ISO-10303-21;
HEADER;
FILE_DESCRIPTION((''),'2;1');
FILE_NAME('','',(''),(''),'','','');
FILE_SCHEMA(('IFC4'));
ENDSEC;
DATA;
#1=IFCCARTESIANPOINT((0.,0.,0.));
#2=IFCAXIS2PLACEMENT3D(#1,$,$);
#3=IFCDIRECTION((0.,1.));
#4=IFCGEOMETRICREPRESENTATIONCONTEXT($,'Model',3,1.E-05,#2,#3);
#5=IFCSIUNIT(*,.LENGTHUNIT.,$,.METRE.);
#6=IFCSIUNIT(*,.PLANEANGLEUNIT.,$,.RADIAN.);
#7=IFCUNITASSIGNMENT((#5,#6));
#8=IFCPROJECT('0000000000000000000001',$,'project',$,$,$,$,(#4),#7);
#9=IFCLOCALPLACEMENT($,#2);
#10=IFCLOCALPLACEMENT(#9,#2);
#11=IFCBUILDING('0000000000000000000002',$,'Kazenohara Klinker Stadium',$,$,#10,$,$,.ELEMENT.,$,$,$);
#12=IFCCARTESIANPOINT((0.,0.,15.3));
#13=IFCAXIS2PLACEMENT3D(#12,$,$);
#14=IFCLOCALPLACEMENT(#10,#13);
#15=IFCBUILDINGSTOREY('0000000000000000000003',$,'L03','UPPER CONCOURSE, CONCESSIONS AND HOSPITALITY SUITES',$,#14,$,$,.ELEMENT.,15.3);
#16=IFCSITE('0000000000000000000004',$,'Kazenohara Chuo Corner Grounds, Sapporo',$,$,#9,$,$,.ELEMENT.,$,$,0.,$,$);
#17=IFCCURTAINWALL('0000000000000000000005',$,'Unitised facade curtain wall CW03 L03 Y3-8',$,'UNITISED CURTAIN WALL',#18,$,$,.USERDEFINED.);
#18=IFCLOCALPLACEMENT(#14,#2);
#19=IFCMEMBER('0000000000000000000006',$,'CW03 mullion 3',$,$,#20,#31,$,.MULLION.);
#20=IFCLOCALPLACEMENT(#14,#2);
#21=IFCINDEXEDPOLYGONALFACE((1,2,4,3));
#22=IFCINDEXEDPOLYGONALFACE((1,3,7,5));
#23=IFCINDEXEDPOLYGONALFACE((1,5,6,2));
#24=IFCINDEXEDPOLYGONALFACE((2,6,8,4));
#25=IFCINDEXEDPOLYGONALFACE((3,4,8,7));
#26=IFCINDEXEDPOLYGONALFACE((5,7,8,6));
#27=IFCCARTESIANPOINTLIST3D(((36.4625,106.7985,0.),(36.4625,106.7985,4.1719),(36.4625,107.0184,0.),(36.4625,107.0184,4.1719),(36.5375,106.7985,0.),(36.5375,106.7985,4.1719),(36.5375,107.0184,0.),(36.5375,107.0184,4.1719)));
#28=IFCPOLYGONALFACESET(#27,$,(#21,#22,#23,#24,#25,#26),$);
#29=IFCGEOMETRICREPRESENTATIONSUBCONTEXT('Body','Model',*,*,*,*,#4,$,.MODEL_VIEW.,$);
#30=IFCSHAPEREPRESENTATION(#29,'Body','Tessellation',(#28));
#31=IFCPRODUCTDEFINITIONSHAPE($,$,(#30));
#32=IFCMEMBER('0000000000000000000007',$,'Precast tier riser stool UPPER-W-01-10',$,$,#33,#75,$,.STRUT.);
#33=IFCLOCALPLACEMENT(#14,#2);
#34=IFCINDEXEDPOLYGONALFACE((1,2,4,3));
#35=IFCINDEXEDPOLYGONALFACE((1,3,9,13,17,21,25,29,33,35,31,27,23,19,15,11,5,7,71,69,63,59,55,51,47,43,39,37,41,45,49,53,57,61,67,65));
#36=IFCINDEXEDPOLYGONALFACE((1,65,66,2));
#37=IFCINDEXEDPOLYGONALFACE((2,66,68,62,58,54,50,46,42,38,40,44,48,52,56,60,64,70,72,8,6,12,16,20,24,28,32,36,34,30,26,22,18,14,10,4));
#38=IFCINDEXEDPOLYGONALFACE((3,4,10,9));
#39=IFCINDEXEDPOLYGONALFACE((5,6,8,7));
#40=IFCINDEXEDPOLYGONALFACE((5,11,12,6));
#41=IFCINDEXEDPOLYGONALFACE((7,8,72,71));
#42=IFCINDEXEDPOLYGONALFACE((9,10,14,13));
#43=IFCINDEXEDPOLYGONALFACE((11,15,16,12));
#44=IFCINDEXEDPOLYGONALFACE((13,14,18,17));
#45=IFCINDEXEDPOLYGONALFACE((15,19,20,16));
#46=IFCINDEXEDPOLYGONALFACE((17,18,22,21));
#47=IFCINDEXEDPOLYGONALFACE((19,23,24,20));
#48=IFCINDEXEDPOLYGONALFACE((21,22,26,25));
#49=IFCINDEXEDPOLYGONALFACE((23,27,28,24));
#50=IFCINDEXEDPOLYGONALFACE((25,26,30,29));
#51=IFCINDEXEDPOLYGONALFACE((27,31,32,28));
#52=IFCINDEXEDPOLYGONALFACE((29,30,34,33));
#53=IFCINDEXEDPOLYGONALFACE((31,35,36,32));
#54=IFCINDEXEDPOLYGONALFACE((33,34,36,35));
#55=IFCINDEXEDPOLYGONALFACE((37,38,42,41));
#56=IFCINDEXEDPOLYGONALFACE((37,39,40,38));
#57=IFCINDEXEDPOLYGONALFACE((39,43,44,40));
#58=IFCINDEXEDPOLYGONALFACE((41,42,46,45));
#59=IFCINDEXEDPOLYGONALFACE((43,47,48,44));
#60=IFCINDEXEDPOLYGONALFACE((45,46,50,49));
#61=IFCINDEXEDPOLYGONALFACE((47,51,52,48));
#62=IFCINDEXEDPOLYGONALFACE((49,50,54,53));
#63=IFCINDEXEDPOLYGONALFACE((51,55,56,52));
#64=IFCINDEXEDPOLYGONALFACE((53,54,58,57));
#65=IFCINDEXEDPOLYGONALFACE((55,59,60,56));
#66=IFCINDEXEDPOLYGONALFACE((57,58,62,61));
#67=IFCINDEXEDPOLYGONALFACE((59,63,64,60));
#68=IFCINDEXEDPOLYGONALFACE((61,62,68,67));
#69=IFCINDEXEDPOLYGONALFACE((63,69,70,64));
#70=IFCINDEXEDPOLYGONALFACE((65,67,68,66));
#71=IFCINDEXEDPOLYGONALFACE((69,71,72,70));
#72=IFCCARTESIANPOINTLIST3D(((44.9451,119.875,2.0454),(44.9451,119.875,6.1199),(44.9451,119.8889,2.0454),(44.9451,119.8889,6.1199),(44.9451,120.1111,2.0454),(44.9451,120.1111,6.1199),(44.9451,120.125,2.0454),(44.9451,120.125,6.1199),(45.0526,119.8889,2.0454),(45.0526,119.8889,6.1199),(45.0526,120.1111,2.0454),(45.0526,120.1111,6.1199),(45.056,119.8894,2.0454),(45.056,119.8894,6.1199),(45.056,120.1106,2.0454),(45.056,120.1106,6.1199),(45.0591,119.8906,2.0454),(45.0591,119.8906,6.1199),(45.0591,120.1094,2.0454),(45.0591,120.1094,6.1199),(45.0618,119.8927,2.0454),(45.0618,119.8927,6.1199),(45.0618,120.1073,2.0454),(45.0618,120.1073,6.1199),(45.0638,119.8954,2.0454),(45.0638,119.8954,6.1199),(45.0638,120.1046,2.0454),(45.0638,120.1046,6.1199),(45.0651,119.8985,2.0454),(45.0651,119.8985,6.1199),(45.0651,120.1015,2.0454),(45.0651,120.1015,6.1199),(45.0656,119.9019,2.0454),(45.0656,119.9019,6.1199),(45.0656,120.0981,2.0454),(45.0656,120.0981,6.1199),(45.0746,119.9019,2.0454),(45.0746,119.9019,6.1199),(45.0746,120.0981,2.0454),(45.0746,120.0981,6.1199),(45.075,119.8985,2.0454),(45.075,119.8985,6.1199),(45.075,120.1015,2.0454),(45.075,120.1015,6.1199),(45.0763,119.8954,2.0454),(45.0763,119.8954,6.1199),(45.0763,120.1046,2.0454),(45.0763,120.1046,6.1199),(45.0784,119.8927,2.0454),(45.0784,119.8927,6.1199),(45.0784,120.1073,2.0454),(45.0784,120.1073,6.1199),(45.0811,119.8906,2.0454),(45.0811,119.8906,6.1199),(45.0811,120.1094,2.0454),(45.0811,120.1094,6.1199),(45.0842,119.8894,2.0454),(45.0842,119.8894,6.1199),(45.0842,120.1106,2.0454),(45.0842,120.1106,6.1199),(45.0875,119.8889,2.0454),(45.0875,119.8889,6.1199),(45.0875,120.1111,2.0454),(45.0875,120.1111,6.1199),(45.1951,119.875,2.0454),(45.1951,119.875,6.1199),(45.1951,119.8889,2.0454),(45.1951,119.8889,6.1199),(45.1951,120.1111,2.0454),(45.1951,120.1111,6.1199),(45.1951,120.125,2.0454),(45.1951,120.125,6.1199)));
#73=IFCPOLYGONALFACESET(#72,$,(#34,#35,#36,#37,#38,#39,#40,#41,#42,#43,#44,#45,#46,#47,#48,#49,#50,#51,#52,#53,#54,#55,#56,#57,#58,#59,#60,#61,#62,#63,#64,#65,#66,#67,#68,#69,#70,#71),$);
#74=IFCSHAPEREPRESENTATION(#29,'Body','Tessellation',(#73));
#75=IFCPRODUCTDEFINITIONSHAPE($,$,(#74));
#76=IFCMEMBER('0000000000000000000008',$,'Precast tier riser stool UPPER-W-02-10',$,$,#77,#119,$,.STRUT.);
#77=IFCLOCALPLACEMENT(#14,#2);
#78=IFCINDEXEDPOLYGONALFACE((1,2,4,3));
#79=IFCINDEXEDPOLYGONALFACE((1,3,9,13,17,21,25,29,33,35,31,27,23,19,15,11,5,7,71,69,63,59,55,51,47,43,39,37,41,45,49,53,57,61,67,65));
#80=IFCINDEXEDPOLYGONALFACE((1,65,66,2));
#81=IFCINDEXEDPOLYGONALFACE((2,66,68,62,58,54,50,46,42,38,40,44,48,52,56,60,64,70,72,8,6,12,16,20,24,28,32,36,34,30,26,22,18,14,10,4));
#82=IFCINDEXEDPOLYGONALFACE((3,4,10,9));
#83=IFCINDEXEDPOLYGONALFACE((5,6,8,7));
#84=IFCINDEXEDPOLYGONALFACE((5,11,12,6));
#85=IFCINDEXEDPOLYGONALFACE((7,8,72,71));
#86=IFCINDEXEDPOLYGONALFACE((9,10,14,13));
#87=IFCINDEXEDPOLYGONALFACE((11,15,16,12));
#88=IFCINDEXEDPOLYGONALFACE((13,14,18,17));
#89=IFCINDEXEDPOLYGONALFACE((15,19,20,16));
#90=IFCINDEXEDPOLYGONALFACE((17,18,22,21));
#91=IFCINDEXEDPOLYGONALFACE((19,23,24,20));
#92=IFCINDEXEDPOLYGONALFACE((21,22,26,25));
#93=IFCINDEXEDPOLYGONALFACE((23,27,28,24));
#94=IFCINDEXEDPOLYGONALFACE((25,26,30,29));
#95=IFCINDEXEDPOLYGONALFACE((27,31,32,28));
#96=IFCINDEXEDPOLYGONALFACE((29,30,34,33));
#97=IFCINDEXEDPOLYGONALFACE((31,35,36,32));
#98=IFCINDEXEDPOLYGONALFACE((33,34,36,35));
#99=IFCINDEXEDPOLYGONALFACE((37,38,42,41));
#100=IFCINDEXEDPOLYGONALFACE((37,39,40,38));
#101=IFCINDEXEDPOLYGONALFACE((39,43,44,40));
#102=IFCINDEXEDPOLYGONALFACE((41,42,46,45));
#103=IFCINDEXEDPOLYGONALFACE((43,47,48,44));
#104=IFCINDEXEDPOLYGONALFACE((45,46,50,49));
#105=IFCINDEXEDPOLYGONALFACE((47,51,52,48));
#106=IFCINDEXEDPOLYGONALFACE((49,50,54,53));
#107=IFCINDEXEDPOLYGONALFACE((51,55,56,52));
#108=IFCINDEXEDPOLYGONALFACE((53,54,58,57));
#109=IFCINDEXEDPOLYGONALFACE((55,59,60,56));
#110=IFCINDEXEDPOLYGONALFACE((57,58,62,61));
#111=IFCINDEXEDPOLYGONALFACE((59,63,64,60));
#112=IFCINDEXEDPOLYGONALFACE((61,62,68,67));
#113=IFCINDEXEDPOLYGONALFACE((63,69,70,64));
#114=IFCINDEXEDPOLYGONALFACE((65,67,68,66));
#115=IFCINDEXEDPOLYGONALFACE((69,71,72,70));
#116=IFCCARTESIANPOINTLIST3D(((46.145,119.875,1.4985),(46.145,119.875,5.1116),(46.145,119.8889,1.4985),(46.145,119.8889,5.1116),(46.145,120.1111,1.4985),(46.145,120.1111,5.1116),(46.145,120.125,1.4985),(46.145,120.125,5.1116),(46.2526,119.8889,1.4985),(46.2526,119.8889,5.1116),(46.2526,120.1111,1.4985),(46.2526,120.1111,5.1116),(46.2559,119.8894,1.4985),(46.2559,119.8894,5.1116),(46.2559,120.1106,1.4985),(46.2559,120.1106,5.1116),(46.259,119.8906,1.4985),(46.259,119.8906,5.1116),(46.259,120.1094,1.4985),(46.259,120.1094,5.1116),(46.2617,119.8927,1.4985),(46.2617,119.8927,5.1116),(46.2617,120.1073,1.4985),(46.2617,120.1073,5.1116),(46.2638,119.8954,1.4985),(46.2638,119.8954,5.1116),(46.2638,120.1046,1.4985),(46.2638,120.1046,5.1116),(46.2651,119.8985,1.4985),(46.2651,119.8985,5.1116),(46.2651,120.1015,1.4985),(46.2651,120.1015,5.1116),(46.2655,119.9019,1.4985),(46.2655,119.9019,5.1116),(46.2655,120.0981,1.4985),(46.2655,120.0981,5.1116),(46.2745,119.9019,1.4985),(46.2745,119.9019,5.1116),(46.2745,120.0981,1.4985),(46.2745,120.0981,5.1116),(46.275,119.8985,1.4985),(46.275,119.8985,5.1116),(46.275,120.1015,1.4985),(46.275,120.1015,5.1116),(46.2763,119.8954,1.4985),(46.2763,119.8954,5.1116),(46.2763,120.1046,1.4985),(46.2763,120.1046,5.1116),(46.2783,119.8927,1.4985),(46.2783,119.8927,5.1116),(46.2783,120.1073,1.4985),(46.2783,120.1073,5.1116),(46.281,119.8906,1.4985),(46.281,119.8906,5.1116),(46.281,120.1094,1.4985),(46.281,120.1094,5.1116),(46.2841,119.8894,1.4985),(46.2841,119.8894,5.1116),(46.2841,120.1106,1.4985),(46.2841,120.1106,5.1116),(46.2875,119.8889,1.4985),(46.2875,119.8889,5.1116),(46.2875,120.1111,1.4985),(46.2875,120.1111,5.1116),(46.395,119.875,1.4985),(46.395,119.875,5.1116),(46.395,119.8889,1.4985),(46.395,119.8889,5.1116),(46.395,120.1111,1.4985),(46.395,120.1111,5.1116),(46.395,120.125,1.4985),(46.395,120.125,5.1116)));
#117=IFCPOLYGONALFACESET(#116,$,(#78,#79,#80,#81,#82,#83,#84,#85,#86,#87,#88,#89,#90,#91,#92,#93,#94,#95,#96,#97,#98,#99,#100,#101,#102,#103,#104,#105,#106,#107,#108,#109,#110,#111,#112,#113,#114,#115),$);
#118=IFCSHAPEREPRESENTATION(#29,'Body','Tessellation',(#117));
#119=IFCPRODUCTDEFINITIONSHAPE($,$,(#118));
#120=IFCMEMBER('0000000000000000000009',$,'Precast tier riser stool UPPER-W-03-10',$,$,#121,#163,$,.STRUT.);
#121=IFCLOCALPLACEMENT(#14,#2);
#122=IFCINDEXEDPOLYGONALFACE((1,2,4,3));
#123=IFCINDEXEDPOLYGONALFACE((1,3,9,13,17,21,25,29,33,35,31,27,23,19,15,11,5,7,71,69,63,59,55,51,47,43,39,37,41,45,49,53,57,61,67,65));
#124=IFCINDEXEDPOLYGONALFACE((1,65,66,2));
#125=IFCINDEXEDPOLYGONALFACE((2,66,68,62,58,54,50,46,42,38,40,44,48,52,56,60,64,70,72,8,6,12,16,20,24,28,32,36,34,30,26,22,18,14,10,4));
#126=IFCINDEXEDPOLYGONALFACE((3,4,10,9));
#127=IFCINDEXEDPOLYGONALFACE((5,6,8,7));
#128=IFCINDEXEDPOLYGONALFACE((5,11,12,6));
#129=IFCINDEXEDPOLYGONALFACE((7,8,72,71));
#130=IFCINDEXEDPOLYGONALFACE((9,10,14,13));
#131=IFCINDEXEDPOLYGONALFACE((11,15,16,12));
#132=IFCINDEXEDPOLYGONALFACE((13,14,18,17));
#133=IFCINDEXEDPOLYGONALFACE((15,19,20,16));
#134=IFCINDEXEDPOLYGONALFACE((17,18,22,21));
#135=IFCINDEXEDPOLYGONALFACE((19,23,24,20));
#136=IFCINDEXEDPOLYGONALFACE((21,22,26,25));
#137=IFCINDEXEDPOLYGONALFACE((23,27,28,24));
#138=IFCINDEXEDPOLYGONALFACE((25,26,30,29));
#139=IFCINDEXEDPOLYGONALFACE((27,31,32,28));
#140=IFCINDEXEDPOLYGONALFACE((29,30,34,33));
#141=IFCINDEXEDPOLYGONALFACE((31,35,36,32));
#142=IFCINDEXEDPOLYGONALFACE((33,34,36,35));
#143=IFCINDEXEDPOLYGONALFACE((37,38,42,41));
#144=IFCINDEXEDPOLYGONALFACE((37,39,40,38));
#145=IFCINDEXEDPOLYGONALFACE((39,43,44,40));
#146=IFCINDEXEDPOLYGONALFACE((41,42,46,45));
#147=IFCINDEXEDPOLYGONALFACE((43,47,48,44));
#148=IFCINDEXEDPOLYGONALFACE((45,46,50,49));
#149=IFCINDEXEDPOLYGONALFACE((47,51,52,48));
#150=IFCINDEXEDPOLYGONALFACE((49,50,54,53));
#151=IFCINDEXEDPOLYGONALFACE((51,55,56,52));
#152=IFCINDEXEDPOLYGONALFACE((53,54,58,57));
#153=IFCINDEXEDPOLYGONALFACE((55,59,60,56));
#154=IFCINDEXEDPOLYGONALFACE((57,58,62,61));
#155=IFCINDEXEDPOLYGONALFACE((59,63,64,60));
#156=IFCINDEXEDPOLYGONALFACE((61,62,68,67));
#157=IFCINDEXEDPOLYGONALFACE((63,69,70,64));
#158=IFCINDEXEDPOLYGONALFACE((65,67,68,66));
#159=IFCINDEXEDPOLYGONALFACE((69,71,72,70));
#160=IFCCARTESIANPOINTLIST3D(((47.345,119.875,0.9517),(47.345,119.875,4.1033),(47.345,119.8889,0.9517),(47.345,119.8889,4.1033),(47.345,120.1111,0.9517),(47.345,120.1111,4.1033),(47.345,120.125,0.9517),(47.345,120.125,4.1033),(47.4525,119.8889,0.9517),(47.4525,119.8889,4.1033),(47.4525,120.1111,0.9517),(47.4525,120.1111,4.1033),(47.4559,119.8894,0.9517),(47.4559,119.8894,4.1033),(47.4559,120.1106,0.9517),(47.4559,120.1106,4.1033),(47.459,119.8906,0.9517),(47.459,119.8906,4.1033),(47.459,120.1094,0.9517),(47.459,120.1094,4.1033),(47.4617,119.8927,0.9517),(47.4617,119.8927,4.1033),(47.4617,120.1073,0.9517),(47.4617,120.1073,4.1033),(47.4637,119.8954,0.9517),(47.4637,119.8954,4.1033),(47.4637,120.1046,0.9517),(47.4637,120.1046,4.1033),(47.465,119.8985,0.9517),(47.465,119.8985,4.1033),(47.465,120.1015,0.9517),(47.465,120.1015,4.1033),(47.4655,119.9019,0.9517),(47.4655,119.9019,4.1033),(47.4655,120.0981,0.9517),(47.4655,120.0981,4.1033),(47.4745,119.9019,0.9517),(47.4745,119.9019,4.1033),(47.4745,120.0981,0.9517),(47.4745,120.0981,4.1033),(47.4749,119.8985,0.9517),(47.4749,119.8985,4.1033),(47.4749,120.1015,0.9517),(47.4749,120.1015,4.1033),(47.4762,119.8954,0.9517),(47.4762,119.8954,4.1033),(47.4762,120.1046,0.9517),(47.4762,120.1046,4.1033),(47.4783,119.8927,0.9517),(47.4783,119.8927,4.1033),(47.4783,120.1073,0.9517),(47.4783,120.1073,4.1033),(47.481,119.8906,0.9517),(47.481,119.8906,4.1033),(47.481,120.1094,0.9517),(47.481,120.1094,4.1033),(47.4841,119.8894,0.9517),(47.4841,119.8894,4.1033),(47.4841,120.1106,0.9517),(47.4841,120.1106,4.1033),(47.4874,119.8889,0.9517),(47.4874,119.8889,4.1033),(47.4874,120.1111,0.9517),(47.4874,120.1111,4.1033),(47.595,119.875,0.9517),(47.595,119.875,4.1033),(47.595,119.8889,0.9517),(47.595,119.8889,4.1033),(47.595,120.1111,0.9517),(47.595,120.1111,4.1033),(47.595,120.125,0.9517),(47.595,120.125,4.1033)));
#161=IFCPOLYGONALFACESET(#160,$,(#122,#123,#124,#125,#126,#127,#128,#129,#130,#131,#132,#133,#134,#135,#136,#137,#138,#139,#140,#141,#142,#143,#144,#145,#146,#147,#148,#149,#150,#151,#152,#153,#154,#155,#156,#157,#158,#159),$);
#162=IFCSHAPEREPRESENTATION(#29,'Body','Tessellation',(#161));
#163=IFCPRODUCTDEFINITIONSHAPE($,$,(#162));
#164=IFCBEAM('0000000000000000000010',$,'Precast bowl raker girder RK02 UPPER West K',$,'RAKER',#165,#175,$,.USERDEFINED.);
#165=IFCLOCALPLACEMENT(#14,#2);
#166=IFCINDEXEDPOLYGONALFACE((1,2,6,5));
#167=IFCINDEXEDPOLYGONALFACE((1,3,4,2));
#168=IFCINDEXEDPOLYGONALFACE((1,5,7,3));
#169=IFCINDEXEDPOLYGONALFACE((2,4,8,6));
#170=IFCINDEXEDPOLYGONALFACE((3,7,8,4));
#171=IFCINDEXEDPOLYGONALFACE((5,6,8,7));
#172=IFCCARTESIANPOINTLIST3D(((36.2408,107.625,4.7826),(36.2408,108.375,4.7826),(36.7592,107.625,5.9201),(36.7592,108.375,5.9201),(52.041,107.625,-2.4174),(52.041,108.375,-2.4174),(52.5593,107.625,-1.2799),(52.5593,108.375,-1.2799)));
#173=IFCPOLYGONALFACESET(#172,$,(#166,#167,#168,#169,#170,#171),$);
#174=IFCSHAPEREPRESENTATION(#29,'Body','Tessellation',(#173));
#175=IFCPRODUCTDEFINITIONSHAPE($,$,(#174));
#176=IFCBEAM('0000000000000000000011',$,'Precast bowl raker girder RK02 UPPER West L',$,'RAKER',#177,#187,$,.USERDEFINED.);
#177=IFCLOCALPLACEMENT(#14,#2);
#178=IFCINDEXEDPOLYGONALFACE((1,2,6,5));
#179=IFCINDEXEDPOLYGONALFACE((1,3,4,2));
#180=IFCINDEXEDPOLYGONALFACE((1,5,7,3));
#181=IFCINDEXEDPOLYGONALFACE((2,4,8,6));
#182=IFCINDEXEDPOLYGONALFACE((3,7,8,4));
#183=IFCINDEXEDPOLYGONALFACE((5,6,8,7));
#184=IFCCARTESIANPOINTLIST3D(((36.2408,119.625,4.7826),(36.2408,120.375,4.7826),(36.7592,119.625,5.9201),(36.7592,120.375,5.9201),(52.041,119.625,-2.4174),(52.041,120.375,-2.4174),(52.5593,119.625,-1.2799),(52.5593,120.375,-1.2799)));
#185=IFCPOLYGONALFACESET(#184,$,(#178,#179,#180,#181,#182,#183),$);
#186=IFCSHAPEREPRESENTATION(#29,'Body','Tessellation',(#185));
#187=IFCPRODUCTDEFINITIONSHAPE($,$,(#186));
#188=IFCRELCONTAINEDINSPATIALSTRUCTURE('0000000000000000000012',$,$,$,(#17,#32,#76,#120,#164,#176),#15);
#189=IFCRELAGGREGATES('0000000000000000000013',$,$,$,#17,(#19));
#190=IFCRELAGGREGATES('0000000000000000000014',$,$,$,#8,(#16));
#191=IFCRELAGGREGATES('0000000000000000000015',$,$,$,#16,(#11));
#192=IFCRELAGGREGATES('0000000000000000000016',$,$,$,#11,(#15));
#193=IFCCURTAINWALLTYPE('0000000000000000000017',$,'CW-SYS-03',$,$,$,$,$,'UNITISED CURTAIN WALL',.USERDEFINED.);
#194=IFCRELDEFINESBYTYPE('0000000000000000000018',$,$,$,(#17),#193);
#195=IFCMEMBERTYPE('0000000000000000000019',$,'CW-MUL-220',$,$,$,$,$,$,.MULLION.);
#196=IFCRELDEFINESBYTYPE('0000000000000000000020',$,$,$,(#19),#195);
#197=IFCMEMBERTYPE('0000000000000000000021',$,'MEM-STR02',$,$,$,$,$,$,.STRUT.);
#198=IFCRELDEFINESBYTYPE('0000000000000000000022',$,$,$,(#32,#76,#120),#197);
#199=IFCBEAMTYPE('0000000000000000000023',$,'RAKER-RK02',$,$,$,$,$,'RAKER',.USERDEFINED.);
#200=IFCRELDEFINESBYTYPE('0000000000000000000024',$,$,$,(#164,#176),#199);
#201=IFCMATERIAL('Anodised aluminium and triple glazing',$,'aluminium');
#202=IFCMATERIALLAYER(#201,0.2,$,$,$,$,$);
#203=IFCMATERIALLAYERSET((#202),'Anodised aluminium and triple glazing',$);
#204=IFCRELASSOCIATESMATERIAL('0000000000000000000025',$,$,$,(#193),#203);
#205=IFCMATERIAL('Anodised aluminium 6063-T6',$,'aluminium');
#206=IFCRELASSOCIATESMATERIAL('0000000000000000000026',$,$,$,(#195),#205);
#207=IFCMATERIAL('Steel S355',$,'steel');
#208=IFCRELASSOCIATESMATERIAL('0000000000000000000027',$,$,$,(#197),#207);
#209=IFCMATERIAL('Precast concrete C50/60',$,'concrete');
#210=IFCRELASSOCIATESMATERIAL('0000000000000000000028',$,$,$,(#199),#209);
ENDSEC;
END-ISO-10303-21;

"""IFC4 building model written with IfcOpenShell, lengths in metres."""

from ifc_helpers import new_model, si_unit, direction, frame, origin, origin_2d, place, context, subcontext, project, spatial, rectangle, i_section, extrude, material, layer, layer_set, material_profile, profile_set, type_object, element, aggregate, save


model = new_model("IFC4")

# Units and contexts
model_context = context("Model", 3, precision=1e-05, world=origin(), true_north=direction((0.0, 1.0)))
body_context = subcontext(model_context, "Body", "Model", "MODEL_VIEW")
ifc_project = project(units=[si_unit("LENGTHUNIT", "METRE"), si_unit("PLANEANGLEUNIT", "RADIAN")], contexts=[model_context])

# Site, building, storey
site_placement = place(None, origin())
site = spatial("IfcSite", under=ifc_project, at=site_placement, Name="Kazenohara Chuo Corner Grounds, Sapporo", CompositionType="ELEMENT", RefElevation=0.0)
building_placement = place(site_placement, origin())
building = spatial("IfcBuilding", under=site, at=building_placement, Name="Kazenohara Klinker Stadium", CompositionType="ELEMENT")
storey_placement = place(building_placement, frame((0.0, 0.0, 15.3)))
storey = spatial("IfcBuildingStorey", under=building, at=storey_placement, Name="L03", Description="UPPER CONCOURSE, CONCESSIONS AND HOSPITALITY SUITES", CompositionType="ELEMENT", Elevation=15.3)

# Shared definitions
ifc_material_1 = material(Name="Steel S355", Category="steel")

# Curtain wall, member
ifc_material_2 = material(Name="Anodised aluminium and triple glazing", Category="aluminium")
ifc_layer_1 = layer(ifc_material_2, 0.2)
ifc_layer_set_1 = layer_set([ifc_layer_1], Name="Anodised aluminium and triple glazing")
curtain_wall_type = type_object("IfcCurtainWallType", Name="CW-SYS-03", ElementType="UNITISED CURTAIN WALL", PredefinedType="USERDEFINED", material=ifc_layer_set_1)
curtain_wall_placement = place(storey_placement, origin())
curtain_wall = element("IfcCurtainWall", 1, at=curtain_wall_placement, inside=storey, type_object=curtain_wall_type, Name="Unitised facade curtain wall CW03 L03 Y3-8", ObjectType="UNITISED CURTAIN WALL", PredefinedType="USERDEFINED")
ifc_material_3 = material(Name="Anodised aluminium 6063-T6", Category="aluminium")
ifc_material_profile_1 = material_profile(ifc_material_3, rectangle(XDim=0.075, YDim=0.22, at=origin_2d()), Name="ALU-MUL-75x220")
ifc_profile_set_1 = profile_set([ifc_material_profile_1], Name="Anodised aluminium 6063-T6")
member_type_1 = type_object("IfcMemberType", Name="CW-MUL-220", PredefinedType="MULLION", material=ifc_profile_set_1)
member_1_placement = place(storey_placement, frame((36.5, 106.9084, 0.0), z_axis=(0.0, 0.0, 1.0), x_axis=(-1.0, 0.0, 0.0)))
member_1 = element("IfcMember", 2, at=member_1_placement, type_object=member_type_1, Name="CW03 mullion 3", PredefinedType="MULLION", context=body_context, shape_type="SweptSolid", body=[
    extrude(rectangle(XDim=0.075, YDim=0.22, at=origin_2d()), origin(), (0.0, 0.0, 1.0), 4.1719),
])

# Members
ifc_material_profile_2 = material_profile(ifc_material_1, i_section(OverallWidth=0.25, OverallDepth=0.25, WebThickness=0.009, FlangeThickness=0.0139, FilletRadius=0.0129, at=origin_2d()), Name="H-250x250x9x14")
ifc_profile_set_2 = profile_set([ifc_material_profile_2], Name="Steel S355")
member_type_2 = type_object("IfcMemberType", Name="MEM-STR02", PredefinedType="STRUT", material=ifc_profile_set_2)
member_2_placement = place(storey_placement, frame((45.0701, 120.0, 2.0454), z_axis=(0.0, 0.0, 1.0), x_axis=(1.0, 0.0, 0.0)))
element("IfcMember", 3, at=member_2_placement, inside=storey, type_object=member_type_2, Name="Precast tier riser stool UPPER-W-01-10", PredefinedType="STRUT", context=body_context, shape_type="SweptSolid", body=[
    extrude(i_section(OverallWidth=0.25, OverallDepth=0.25, WebThickness=0.009, FlangeThickness=0.0139, FilletRadius=0.0129, at=origin_2d()), origin(), (0.0, 0.0, 1.0), 4.0745),
])
member_3_placement = place(storey_placement, frame((46.27, 120.0, 1.4985), z_axis=(0.0, 0.0, 1.0), x_axis=(1.0, 0.0, 0.0)))
element("IfcMember", 4, at=member_3_placement, inside=storey, type_object=member_type_2, Name="Precast tier riser stool UPPER-W-02-10", PredefinedType="STRUT", context=body_context, shape_type="SweptSolid", body=[
    extrude(i_section(OverallWidth=0.25, OverallDepth=0.25, WebThickness=0.009, FlangeThickness=0.0139, FilletRadius=0.0129, at=origin_2d()), origin(), (0.0, 0.0, 1.0), 3.613),
])
member_4_placement = place(storey_placement, frame((47.47, 120.0, 0.9517), z_axis=(0.0, 0.0, 1.0), x_axis=(1.0, 0.0, 0.0)))
element("IfcMember", 5, at=member_4_placement, inside=storey, type_object=member_type_2, Name="Precast tier riser stool UPPER-W-03-10", PredefinedType="STRUT", context=body_context, shape_type="SweptSolid", body=[
    extrude(i_section(OverallWidth=0.25, OverallDepth=0.25, WebThickness=0.009, FlangeThickness=0.0139, FilletRadius=0.0129, at=origin_2d()), origin(), (0.0, 0.0, 1.0), 3.1516),
])

# Beams
ifc_material_4 = material(Name="Precast concrete C50/60", Category="concrete")
ifc_material_profile_3 = material_profile(ifc_material_4, rectangle(XDim=0.75, YDim=1.25, at=origin_2d()), Name="PC-RAKER-750x1250")
ifc_profile_set_3 = profile_set([ifc_material_profile_3], Name="Precast concrete C50/60")
beam_type_1 = type_object("IfcBeamType", Name="RAKER-RK02", ElementType="RAKER", PredefinedType="USERDEFINED", material=ifc_profile_set_3)
for number, where, z_axis, x_axis, name in (
    (6, (36.5, 108.0, 5.3513), (0.909973, 0.0, -0.414667), (0.0, 1.0, 0.0), "Precast bowl raker girder RK02 UPPER West K"),
    (7, (36.5, 120.0, 5.3513), (0.909973, 0.0, -0.414667), (0.0, 1.0, 0.0), "Precast bowl raker girder RK02 UPPER West L"),
):
    element("IfcBeam", number, at=place(storey_placement, frame(where, z_axis=z_axis, x_axis=x_axis)), inside=storey, type_object=beam_type_1, Name=name, ObjectType="RAKER", PredefinedType="USERDEFINED", context=body_context, shape_type="SweptSolid", body=[
        extrude(rectangle(XDim=0.75, YDim=1.25, at=origin_2d()), origin(), (0.0, 0.0, 1.0), 17.3633),
    ])

aggregate(curtain_wall, [member_1])

save(model, "model.ifc")
